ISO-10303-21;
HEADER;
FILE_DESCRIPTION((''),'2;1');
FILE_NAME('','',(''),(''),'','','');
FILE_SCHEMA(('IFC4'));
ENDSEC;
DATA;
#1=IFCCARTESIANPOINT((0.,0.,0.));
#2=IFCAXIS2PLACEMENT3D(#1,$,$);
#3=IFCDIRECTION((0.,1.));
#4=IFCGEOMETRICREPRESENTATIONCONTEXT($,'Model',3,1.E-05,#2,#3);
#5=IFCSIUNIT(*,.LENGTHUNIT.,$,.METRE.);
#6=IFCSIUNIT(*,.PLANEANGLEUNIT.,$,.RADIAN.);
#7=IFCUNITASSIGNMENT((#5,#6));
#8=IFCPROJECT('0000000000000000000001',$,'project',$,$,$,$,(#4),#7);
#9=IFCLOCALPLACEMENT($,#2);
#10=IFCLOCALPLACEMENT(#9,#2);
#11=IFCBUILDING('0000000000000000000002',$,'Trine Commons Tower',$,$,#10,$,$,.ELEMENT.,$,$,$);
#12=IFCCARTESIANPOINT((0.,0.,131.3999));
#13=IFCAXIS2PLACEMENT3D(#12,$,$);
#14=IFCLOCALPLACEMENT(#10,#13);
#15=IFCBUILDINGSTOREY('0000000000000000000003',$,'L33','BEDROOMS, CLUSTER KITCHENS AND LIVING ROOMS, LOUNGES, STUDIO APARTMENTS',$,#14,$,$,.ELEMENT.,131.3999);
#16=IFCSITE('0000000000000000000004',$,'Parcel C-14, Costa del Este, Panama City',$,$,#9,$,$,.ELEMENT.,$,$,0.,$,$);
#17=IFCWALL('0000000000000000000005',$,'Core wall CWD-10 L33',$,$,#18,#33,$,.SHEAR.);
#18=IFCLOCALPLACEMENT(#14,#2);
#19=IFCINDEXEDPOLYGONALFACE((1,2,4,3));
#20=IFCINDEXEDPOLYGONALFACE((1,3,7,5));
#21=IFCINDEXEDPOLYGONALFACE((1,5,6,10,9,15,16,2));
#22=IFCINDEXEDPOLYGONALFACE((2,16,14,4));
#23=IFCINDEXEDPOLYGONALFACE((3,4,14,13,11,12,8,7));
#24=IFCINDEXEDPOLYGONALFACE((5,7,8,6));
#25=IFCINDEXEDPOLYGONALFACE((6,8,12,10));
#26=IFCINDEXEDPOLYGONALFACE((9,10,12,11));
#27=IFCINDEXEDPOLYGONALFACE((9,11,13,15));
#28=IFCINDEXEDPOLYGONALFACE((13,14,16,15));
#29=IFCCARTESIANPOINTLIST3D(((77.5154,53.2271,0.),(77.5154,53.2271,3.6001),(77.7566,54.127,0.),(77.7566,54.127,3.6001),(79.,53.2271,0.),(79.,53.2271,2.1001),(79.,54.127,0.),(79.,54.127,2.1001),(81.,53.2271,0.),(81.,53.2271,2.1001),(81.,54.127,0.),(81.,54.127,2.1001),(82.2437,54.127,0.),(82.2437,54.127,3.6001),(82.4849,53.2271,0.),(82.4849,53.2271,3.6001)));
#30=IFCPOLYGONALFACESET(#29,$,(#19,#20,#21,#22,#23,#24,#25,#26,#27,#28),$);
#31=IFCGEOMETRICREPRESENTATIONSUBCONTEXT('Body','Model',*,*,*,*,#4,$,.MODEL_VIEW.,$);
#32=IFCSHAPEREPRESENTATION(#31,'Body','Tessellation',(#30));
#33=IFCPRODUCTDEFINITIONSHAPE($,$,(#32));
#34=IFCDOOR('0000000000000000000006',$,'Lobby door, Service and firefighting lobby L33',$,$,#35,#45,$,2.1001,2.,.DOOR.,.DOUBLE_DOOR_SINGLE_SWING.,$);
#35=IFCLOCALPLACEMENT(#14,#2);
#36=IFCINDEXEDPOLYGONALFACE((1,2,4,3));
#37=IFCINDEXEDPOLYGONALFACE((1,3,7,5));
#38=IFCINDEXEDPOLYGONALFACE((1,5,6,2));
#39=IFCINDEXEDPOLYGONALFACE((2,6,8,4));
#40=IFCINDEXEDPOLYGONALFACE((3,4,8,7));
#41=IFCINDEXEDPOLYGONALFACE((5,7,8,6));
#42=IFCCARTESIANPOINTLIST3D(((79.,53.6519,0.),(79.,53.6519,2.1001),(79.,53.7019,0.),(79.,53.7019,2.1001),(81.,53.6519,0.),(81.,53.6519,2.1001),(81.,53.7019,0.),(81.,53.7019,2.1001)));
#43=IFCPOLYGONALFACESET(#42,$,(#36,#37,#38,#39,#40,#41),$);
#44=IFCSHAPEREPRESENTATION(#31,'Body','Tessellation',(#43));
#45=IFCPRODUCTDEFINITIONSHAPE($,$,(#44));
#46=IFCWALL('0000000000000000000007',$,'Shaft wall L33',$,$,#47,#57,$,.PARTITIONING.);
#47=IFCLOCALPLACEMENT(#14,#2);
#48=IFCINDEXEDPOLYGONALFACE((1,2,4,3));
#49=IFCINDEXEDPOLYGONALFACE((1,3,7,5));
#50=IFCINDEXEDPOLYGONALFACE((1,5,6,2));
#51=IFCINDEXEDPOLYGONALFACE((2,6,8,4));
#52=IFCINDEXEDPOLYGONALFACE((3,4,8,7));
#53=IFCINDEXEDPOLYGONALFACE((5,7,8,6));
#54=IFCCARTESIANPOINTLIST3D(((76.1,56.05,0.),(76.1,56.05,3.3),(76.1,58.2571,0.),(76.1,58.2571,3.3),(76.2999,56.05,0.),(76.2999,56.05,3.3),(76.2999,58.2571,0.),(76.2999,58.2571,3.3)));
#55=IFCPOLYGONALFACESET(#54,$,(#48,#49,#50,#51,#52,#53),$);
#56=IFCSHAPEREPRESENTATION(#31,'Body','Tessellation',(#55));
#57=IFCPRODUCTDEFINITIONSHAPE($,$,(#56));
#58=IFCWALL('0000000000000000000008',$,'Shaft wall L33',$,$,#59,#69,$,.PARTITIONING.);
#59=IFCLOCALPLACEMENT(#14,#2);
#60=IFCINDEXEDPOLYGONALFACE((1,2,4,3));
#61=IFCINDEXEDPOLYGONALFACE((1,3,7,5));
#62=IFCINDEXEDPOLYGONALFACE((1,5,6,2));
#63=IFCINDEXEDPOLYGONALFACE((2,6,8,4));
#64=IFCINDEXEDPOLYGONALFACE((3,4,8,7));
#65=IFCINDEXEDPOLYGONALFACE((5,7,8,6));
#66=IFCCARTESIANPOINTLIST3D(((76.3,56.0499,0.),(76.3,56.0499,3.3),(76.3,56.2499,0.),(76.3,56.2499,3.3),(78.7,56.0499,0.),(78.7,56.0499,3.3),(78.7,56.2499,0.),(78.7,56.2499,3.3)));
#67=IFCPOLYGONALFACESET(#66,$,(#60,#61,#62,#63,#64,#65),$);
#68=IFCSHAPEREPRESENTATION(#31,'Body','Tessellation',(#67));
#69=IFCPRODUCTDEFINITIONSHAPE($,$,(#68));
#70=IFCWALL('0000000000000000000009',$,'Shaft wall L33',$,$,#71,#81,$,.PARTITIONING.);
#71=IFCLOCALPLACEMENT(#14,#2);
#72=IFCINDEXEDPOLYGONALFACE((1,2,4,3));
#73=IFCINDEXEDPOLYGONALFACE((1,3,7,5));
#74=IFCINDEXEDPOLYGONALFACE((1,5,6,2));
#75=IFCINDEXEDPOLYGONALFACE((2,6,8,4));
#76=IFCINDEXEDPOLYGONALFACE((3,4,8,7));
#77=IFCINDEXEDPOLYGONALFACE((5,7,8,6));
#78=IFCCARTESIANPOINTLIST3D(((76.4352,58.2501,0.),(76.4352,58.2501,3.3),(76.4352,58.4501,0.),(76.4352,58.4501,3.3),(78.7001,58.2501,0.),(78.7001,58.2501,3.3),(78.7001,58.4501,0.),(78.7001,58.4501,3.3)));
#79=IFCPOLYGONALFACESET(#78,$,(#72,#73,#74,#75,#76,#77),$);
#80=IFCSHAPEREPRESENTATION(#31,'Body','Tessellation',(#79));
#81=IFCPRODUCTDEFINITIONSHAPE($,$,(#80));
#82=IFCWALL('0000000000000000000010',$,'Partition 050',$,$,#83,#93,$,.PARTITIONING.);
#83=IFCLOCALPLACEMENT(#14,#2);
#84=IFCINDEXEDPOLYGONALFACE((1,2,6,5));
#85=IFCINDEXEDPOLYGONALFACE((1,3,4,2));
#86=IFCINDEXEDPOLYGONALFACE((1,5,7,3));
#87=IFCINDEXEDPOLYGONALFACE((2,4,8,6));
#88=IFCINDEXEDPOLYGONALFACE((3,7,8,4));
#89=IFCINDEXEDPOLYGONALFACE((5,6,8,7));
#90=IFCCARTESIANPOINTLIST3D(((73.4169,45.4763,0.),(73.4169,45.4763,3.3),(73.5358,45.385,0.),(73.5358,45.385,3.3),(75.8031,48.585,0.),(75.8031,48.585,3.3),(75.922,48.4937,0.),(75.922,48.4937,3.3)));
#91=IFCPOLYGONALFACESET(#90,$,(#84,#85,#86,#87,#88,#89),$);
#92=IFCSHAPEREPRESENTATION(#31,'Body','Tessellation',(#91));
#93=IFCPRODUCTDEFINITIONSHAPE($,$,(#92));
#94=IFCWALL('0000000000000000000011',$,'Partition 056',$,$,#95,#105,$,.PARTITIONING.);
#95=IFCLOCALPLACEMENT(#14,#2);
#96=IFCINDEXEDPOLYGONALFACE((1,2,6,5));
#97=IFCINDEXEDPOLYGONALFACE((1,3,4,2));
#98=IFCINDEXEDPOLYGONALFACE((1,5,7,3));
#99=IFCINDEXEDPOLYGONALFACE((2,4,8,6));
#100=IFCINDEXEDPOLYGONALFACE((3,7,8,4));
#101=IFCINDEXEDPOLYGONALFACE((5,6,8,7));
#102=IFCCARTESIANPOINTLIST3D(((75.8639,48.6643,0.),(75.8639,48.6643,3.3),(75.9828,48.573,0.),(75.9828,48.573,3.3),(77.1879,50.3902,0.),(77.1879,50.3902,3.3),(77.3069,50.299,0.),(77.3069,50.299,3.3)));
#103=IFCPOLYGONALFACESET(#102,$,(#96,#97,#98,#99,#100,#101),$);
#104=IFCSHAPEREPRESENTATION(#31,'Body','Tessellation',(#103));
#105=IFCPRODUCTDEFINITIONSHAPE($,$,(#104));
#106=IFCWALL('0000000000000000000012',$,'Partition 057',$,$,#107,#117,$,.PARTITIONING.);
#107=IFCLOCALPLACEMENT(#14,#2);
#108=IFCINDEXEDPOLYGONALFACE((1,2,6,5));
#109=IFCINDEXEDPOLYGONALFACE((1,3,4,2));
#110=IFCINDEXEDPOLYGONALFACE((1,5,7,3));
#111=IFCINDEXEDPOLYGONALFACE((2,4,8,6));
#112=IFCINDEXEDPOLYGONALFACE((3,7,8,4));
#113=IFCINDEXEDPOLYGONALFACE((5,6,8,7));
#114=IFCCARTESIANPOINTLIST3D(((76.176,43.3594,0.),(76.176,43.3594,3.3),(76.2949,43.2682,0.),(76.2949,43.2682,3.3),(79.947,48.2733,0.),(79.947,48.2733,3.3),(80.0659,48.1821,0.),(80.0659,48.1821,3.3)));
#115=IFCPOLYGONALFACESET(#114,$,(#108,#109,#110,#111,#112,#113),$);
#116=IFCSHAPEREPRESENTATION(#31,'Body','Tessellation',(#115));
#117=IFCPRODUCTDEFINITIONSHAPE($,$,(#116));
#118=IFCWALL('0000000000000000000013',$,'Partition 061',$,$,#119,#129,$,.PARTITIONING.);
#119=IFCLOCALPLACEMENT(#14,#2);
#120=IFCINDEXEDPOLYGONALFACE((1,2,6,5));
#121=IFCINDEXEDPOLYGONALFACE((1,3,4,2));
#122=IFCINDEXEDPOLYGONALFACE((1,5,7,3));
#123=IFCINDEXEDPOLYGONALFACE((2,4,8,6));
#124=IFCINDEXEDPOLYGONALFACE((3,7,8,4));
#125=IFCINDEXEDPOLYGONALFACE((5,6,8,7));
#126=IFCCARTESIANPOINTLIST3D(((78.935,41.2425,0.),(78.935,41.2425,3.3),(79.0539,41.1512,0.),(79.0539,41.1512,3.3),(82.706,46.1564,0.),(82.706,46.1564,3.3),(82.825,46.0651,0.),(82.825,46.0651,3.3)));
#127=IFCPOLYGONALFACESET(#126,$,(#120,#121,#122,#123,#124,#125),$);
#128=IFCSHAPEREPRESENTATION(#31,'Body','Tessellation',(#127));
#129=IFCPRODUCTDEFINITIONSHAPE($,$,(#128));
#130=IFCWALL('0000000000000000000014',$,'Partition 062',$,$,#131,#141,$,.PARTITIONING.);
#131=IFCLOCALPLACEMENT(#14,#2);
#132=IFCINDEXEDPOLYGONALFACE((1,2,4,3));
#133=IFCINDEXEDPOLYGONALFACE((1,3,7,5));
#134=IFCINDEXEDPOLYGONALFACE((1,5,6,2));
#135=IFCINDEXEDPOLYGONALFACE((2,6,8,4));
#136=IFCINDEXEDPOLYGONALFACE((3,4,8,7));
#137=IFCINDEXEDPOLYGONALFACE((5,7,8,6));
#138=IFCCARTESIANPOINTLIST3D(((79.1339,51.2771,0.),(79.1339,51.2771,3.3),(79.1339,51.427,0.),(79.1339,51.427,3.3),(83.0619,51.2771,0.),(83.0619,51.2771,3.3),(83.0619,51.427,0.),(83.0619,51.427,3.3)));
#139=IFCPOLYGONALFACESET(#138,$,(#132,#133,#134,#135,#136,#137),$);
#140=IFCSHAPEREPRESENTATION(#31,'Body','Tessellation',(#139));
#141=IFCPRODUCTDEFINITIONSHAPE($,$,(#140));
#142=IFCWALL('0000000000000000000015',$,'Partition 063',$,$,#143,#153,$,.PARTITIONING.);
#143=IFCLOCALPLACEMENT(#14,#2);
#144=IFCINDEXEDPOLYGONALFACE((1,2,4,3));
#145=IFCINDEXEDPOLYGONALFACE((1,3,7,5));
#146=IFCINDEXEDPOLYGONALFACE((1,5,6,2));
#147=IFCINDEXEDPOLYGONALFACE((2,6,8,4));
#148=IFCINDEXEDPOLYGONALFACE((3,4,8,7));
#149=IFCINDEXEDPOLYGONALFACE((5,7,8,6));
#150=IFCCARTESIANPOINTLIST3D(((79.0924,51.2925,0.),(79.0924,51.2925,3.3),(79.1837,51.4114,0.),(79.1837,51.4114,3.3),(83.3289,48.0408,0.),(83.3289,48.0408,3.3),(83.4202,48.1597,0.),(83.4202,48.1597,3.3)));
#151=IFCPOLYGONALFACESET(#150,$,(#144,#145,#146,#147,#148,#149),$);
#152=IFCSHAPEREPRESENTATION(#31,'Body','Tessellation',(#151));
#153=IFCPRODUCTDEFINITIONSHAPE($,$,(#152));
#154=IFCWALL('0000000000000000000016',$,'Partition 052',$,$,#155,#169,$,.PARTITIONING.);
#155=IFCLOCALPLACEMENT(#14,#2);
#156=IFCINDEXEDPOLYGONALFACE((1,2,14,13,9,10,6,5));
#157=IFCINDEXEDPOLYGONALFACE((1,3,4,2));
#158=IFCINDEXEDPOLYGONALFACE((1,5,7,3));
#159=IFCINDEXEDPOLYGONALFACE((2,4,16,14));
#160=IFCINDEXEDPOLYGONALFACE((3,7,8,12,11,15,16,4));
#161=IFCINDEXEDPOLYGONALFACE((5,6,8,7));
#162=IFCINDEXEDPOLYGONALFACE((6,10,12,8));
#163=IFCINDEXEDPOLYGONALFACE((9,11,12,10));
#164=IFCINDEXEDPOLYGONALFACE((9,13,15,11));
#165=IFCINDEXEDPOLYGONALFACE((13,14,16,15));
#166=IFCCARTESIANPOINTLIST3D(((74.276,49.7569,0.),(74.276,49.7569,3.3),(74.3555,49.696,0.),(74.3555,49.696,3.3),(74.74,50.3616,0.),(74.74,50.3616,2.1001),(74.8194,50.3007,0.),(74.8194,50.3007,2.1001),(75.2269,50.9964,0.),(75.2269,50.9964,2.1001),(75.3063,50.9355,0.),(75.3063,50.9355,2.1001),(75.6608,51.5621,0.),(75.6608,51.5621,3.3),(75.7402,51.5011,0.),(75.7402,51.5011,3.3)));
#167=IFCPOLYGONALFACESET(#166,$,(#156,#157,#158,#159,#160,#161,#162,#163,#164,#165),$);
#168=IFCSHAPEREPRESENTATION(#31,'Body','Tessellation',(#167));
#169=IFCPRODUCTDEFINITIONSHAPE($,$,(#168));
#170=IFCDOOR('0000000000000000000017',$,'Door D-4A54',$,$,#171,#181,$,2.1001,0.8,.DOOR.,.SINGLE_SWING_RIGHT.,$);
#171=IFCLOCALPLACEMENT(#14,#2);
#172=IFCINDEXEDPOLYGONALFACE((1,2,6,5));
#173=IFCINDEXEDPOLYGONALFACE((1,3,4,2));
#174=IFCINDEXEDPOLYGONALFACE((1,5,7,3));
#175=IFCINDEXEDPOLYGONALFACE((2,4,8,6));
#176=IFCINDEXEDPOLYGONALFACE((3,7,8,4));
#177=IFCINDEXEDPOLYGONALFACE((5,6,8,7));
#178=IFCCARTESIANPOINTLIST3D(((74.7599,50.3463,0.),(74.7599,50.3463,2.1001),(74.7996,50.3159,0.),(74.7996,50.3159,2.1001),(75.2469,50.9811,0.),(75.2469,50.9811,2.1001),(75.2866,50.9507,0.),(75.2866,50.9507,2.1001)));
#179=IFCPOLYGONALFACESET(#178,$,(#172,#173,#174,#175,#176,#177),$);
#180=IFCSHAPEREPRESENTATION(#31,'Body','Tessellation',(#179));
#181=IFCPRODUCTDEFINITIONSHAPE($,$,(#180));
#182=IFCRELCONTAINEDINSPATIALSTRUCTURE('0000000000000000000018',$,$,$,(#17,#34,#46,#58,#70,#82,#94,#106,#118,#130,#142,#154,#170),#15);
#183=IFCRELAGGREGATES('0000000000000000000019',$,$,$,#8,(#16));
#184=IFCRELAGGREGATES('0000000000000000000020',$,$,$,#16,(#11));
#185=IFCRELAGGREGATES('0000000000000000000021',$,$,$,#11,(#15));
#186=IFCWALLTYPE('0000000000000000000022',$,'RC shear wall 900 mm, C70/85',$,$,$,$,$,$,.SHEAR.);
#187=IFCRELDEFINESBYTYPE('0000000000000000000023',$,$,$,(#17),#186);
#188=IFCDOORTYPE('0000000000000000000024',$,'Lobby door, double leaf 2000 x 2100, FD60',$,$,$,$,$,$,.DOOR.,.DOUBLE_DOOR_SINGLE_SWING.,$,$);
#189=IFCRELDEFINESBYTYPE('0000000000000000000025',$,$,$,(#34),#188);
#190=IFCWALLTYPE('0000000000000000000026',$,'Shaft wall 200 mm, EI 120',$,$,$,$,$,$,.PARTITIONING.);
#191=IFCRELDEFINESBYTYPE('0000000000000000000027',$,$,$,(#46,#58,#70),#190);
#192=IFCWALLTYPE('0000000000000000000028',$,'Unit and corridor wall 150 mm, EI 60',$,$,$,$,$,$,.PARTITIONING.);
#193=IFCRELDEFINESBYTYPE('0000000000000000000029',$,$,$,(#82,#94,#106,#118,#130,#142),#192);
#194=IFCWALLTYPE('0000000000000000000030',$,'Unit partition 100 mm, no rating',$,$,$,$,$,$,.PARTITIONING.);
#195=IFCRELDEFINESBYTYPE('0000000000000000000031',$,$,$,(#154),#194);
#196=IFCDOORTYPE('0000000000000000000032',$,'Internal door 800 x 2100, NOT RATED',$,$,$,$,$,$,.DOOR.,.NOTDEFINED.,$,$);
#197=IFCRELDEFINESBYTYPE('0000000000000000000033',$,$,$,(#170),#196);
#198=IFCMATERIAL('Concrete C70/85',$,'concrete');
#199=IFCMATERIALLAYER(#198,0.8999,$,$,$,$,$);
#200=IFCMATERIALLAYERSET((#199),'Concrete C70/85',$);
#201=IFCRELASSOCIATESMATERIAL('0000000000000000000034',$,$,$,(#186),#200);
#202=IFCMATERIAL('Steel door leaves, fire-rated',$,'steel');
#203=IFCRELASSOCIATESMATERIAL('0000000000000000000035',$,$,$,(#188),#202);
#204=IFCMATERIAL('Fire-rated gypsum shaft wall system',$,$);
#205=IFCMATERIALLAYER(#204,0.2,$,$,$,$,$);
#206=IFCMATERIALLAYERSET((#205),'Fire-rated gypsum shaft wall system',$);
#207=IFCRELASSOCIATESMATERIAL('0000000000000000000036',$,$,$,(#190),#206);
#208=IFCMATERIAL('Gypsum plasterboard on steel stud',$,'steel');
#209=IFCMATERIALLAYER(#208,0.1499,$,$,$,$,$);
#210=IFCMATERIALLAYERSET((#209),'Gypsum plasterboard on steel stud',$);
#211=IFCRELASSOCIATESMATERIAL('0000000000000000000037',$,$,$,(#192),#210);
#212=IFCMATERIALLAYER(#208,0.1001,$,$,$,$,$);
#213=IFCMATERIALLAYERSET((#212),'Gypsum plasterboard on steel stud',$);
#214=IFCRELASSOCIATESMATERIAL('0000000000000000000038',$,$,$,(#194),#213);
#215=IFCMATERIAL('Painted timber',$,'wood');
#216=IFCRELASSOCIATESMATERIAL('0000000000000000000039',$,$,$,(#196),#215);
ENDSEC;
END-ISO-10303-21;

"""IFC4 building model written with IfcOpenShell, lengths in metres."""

from ifc_helpers import new_model, si_unit, direction, frame, frame_2d, origin, place, context, subcontext, project, spatial, polyline, rectangle, outline, extrude, material, layer, layer_set, type_object, element, fill, save


model = new_model("IFC4")

# Units and contexts
model_context = context("Model", 3, precision=1e-05, world=origin(), true_north=direction((0.0, 1.0)))
body_context = subcontext(model_context, "Body", "Model", "MODEL_VIEW")
ifc_project = project(units=[si_unit("LENGTHUNIT", "METRE"), si_unit("PLANEANGLEUNIT", "RADIAN")], contexts=[model_context])

# Site, building, storey
site_placement = place(None, origin())
site = spatial("IfcSite", under=ifc_project, at=site_placement, Name="Parcel C-14, Costa del Este, Panama City", CompositionType="ELEMENT", RefElevation=0.0)
building_placement = place(site_placement, origin())
building = spatial("IfcBuilding", under=site, at=building_placement, Name="Trine Commons Tower", CompositionType="ELEMENT")
storey_placement = place(building_placement, frame((0.0, 0.0, 131.3999)))
storey = spatial("IfcBuildingStorey", under=building, at=storey_placement, Name="L33", Description="BEDROOMS, CLUSTER KITCHENS AND LIVING ROOMS, LOUNGES, STUDIO APARTMENTS", CompositionType="ELEMENT", Elevation=131.3999)

# Shared definitions
ifc_material_1 = material(Name="Concrete C70/85", Category="concrete")

# Shared definitions
ifc_material_2 = material(Name="Fire-rated gypsum shaft wall system")

# Shared definitions
ifc_layer_1 = layer(ifc_material_1, 0.8999)
ifc_layer_set_1 = layer_set([ifc_layer_1], Name="Concrete C70/85")
wall_type_1 = type_object("IfcWallType", Name="RC shear wall 900 mm, C70/85", PredefinedType="SHEAR", material=ifc_layer_set_1)

# Wall, opening, door
wall_1_placement = place(storey_placement, frame((77.5154, 53.677, 0.0), z_axis=(0.0, 0.0, 1.0), x_axis=(1.0, 0.0, 0.0)))
wall_1 = element("IfcWall", 1, at=wall_1_placement, inside=storey, type_object=wall_type_1, Name="Core wall CWD-10 L33", PredefinedType="SHEAR", context=body_context, shape_type="SweptSolid", body=[
    extrude(outline(polyline([(0.0, -0.45), (4.9695, -0.45), (4.7283, 0.45), (0.2412, 0.45), (0.0, -0.45)])), origin(), (0.0, 0.0, 1.0), 3.6001),
])
opening_1_placement = place(wall_1_placement, frame((1.4846, 0.0, 0.0)))
opening_1 = element("IfcOpeningElement", 2, at=opening_1_placement, cuts=wall_1, PredefinedType="OPENING", context=body_context, shape_type="SweptSolid", body=[
    extrude(rectangle(XDim=2.0, YDim=2.1001, at=frame_2d((1.0, 1.05))), frame((0.0, 0.46, 0.0), z_axis=(0.0, -1.0, 0.0), x_axis=(1.0, 0.0, 0.0)), (0.0, 0.0, 1.0), 0.9199),
])
ifc_material_3 = material(Name="Steel door leaves, fire-rated", Category="steel")
door_type_1 = type_object("IfcDoorType", Name="Lobby door, double leaf 2000 x 2100, FD60", OperationType="DOUBLE_DOOR_SINGLE_SWING", PredefinedType="DOOR", material=ifc_material_3)
door_1_placement = place(opening_1_placement, origin())
door_1 = element("IfcDoor", 3, at=door_1_placement, inside=storey, type_object=door_type_1, Name="Lobby door, Service and firefighting lobby L33", OperationType="DOUBLE_DOOR_SINGLE_SWING", OverallHeight=2.1001, OverallWidth=2.0, PredefinedType="DOOR", context=body_context, shape_type="SweptSolid", body=[
    extrude(rectangle(XDim=2.0, YDim=2.1001, at=frame_2d((1.0, 1.05))), frame((0.0, 0.0249, 0.0), z_axis=(0.0, -1.0, 0.0), x_axis=(1.0, 0.0, 0.0)), (0.0, 0.0, 1.0), 0.05),
])
fill(opening_1, door_1)

# Walls
ifc_layer_2 = layer(ifc_material_2, 0.2)
ifc_layer_set_2 = layer_set([ifc_layer_2], Name="Fire-rated gypsum shaft wall system")
wall_type_2 = type_object("IfcWallType", Name="Shaft wall 200 mm, EI 120", PredefinedType="PARTITIONING", material=ifc_layer_set_2)
wall_2_placement = place(storey_placement, frame((76.2, 58.2571, 0.0), z_axis=(0.0, 0.0, 1.0), x_axis=(0.0, -1.0, 0.0)))
element("IfcWall", 4, at=wall_2_placement, inside=storey, type_object=wall_type_2, Name="Shaft wall L33", PredefinedType="PARTITIONING", context=body_context, shape_type="SweptSolid", body=[
    extrude(rectangle(XDim=2.207, YDim=0.2, at=frame_2d((1.1035, 0.0))), origin(), (0.0, 0.0, 1.0), 3.3),
])
wall_3_placement = place(storey_placement, frame((78.7, 56.1499, 0.0), z_axis=(0.0, 0.0, 1.0), x_axis=(-1.0, 0.0, 0.0)))
element("IfcWall", 5, at=wall_3_placement, inside=storey, type_object=wall_type_2, Name="Shaft wall L33", PredefinedType="PARTITIONING", context=body_context, shape_type="SweptSolid", body=[
    extrude(rectangle(XDim=2.3999, YDim=0.2, at=frame_2d((1.2, 0.0))), origin(), (0.0, 0.0, 1.0), 3.3),
])
wall_4_placement = place(storey_placement, frame((78.7, 58.3501, 0.0), z_axis=(0.0, 0.0, 1.0), x_axis=(-1.0, 0.0, 0.0)))
element("IfcWall", 6, at=wall_4_placement, inside=storey, type_object=wall_type_2, Name="Shaft wall L33", PredefinedType="PARTITIONING", context=body_context, shape_type="SweptSolid", body=[
    extrude(rectangle(XDim=2.2649, YDim=0.2, at=frame_2d((1.1323, 0.0))), origin(), (0.0, 0.0, 1.0), 3.3),
])
ifc_material_4 = material(Name="Gypsum plasterboard on steel stud", Category="steel")
ifc_layer_3 = layer(ifc_material_4, 0.1499)
ifc_layer_set_3 = layer_set([ifc_layer_3], Name="Gypsum plasterboard on steel stud")
wall_type_3 = type_object("IfcWallType", Name="Unit and corridor wall 150 mm, EI 60", PredefinedType="PARTITIONING", material=ifc_layer_set_3)
wall_5_placement = place(storey_placement, frame((73.4763, 45.4307, 0.0), z_axis=(0.0, 0.0, 1.0), x_axis=(0.608904, 0.793244, 0.0)))
element("IfcWall", 7, at=wall_5_placement, inside=storey, type_object=wall_type_3, Name="Partition 050", PredefinedType="PARTITIONING", context=body_context, shape_type="SweptSolid", body=[
    extrude(rectangle(XDim=3.9189, YDim=0.1499, at=frame_2d((1.9595, 0.0))), origin(), (0.0, 0.0, 1.0), 3.3),
])
wall_6_placement = place(storey_placement, frame((75.9233, 48.6187, 0.0), z_axis=(0.0, 0.0, 1.0), x_axis=(0.608674, 0.79342, 0.0)))
element("IfcWall", 8, at=wall_6_placement, inside=storey, type_object=wall_type_3, Name="Partition 056", PredefinedType="PARTITIONING", context=body_context, shape_type="SweptSolid", body=[
    extrude(rectangle(XDim=2.1753, YDim=0.1499, at=frame_2d((1.0876, 0.0))), origin(), (0.0, 0.0, 1.0), 3.3),
])
for number, where, z_axis, x_axis, name in (
    (9, (76.2354, 43.3137, 0.0), (0.0, 0.0, 1.0), (0.608811, 0.793315, 0.0), "Partition 057"),
    (10, (78.9944, 41.1968, 0.0), (0.0, 0.0, 1.0), (0.608811, 0.793315, 0.0), "Partition 061"),
):
    element("IfcWall", number, at=place(storey_placement, frame(where, z_axis=z_axis, x_axis=x_axis)), inside=storey, type_object=wall_type_3, Name=name, PredefinedType="PARTITIONING", context=body_context, shape_type="SweptSolid", body=[
        extrude(rectangle(XDim=6.1941, YDim=0.1499, at=frame_2d((3.0972, 0.0))), origin(), (0.0, 0.0, 1.0), 3.3),
    ])
wall_7_placement = place(storey_placement, frame((79.134, 51.3521, 0.0), z_axis=(0.0, 0.0, 1.0), x_axis=(1.0, 0.0, 0.0)))
element("IfcWall", 11, at=wall_7_placement, inside=storey, type_object=wall_type_3, Name="Partition 062", PredefinedType="PARTITIONING", context=body_context, shape_type="SweptSolid", body=[
    extrude(rectangle(XDim=3.928, YDim=0.1499, at=frame_2d((1.9639, 0.0))), origin(), (0.0, 0.0, 1.0), 3.3),
])
wall_8_placement = place(storey_placement, frame((79.1379, 51.3521, 0.0), z_axis=(0.0, 0.0, 1.0), x_axis=(0.793274, -0.608864, 0.0)))
element("IfcWall", 12, at=wall_8_placement, inside=storey, type_object=wall_type_3, Name="Partition 063", PredefinedType="PARTITIONING", context=body_context, shape_type="SweptSolid", body=[
    extrude(rectangle(XDim=5.3406, YDim=0.1499, at=frame_2d((2.6704, 0.0))), origin(), (0.0, 0.0, 1.0), 3.3),
])

# Wall, opening, door
ifc_layer_4 = layer(ifc_material_4, 0.1001)
ifc_layer_set_4 = layer_set([ifc_layer_4], Name="Gypsum plasterboard on steel stud")
wall_type_4 = type_object("IfcWallType", Name="Unit partition 100 mm, no rating", PredefinedType="PARTITIONING", material=ifc_layer_set_4)
wall_9_placement = place(storey_placement, frame((74.3157, 49.7263, 0.0), z_axis=(0.0, 0.0, 1.0), x_axis=(0.608652, 0.793437, 0.0)))
wall_9 = element("IfcWall", 13, at=wall_9_placement, inside=storey, type_object=wall_type_4, Name="Partition 052", PredefinedType="PARTITIONING", context=body_context, shape_type="SweptSolid", body=[
    extrude(rectangle(XDim=2.2751, YDim=0.1001, at=frame_2d((1.1377, 0.0))), origin(), (0.0, 0.0, 1.0), 3.3),
])
opening_2_placement = place(wall_9_placement, frame((0.7625, 0.0, 0.0)))
opening_2 = element("IfcOpeningElement", 14, at=opening_2_placement, cuts=wall_9, PredefinedType="OPENING", context=body_context, shape_type="SweptSolid", body=[
    extrude(rectangle(XDim=0.8, YDim=2.1001, at=frame_2d((0.3999, 1.05))), frame((0.0, 0.0601, 0.0), z_axis=(0.0, -1.0, 0.0), x_axis=(1.0, 0.0, 0.0)), (0.0, 0.0, 1.0), 0.1201),
])
ifc_material_5 = material(Name="Painted timber", Category="wood")
door_type_2 = type_object("IfcDoorType", Name="Internal door 800 x 2100, NOT RATED", OperationType="NOTDEFINED", PredefinedType="DOOR", material=ifc_material_5)
door_2_placement = place(opening_2_placement, origin())
door_2 = element("IfcDoor", 15, at=door_2_placement, inside=storey, type_object=door_type_2, Name="Door D-4A54", OperationType="SINGLE_SWING_RIGHT", OverallHeight=2.1001, OverallWidth=0.8, PredefinedType="DOOR", context=body_context, shape_type="SweptSolid", body=[
    extrude(rectangle(XDim=0.8, YDim=2.1001, at=frame_2d((0.3999, 1.05))), frame((0.0, 0.0249, 0.0), z_axis=(0.0, -1.0, 0.0), x_axis=(1.0, 0.0, 0.0)), (0.0, 0.0, 1.0), 0.05),
])
fill(opening_2, door_2)

save(model, "model.ifc")
